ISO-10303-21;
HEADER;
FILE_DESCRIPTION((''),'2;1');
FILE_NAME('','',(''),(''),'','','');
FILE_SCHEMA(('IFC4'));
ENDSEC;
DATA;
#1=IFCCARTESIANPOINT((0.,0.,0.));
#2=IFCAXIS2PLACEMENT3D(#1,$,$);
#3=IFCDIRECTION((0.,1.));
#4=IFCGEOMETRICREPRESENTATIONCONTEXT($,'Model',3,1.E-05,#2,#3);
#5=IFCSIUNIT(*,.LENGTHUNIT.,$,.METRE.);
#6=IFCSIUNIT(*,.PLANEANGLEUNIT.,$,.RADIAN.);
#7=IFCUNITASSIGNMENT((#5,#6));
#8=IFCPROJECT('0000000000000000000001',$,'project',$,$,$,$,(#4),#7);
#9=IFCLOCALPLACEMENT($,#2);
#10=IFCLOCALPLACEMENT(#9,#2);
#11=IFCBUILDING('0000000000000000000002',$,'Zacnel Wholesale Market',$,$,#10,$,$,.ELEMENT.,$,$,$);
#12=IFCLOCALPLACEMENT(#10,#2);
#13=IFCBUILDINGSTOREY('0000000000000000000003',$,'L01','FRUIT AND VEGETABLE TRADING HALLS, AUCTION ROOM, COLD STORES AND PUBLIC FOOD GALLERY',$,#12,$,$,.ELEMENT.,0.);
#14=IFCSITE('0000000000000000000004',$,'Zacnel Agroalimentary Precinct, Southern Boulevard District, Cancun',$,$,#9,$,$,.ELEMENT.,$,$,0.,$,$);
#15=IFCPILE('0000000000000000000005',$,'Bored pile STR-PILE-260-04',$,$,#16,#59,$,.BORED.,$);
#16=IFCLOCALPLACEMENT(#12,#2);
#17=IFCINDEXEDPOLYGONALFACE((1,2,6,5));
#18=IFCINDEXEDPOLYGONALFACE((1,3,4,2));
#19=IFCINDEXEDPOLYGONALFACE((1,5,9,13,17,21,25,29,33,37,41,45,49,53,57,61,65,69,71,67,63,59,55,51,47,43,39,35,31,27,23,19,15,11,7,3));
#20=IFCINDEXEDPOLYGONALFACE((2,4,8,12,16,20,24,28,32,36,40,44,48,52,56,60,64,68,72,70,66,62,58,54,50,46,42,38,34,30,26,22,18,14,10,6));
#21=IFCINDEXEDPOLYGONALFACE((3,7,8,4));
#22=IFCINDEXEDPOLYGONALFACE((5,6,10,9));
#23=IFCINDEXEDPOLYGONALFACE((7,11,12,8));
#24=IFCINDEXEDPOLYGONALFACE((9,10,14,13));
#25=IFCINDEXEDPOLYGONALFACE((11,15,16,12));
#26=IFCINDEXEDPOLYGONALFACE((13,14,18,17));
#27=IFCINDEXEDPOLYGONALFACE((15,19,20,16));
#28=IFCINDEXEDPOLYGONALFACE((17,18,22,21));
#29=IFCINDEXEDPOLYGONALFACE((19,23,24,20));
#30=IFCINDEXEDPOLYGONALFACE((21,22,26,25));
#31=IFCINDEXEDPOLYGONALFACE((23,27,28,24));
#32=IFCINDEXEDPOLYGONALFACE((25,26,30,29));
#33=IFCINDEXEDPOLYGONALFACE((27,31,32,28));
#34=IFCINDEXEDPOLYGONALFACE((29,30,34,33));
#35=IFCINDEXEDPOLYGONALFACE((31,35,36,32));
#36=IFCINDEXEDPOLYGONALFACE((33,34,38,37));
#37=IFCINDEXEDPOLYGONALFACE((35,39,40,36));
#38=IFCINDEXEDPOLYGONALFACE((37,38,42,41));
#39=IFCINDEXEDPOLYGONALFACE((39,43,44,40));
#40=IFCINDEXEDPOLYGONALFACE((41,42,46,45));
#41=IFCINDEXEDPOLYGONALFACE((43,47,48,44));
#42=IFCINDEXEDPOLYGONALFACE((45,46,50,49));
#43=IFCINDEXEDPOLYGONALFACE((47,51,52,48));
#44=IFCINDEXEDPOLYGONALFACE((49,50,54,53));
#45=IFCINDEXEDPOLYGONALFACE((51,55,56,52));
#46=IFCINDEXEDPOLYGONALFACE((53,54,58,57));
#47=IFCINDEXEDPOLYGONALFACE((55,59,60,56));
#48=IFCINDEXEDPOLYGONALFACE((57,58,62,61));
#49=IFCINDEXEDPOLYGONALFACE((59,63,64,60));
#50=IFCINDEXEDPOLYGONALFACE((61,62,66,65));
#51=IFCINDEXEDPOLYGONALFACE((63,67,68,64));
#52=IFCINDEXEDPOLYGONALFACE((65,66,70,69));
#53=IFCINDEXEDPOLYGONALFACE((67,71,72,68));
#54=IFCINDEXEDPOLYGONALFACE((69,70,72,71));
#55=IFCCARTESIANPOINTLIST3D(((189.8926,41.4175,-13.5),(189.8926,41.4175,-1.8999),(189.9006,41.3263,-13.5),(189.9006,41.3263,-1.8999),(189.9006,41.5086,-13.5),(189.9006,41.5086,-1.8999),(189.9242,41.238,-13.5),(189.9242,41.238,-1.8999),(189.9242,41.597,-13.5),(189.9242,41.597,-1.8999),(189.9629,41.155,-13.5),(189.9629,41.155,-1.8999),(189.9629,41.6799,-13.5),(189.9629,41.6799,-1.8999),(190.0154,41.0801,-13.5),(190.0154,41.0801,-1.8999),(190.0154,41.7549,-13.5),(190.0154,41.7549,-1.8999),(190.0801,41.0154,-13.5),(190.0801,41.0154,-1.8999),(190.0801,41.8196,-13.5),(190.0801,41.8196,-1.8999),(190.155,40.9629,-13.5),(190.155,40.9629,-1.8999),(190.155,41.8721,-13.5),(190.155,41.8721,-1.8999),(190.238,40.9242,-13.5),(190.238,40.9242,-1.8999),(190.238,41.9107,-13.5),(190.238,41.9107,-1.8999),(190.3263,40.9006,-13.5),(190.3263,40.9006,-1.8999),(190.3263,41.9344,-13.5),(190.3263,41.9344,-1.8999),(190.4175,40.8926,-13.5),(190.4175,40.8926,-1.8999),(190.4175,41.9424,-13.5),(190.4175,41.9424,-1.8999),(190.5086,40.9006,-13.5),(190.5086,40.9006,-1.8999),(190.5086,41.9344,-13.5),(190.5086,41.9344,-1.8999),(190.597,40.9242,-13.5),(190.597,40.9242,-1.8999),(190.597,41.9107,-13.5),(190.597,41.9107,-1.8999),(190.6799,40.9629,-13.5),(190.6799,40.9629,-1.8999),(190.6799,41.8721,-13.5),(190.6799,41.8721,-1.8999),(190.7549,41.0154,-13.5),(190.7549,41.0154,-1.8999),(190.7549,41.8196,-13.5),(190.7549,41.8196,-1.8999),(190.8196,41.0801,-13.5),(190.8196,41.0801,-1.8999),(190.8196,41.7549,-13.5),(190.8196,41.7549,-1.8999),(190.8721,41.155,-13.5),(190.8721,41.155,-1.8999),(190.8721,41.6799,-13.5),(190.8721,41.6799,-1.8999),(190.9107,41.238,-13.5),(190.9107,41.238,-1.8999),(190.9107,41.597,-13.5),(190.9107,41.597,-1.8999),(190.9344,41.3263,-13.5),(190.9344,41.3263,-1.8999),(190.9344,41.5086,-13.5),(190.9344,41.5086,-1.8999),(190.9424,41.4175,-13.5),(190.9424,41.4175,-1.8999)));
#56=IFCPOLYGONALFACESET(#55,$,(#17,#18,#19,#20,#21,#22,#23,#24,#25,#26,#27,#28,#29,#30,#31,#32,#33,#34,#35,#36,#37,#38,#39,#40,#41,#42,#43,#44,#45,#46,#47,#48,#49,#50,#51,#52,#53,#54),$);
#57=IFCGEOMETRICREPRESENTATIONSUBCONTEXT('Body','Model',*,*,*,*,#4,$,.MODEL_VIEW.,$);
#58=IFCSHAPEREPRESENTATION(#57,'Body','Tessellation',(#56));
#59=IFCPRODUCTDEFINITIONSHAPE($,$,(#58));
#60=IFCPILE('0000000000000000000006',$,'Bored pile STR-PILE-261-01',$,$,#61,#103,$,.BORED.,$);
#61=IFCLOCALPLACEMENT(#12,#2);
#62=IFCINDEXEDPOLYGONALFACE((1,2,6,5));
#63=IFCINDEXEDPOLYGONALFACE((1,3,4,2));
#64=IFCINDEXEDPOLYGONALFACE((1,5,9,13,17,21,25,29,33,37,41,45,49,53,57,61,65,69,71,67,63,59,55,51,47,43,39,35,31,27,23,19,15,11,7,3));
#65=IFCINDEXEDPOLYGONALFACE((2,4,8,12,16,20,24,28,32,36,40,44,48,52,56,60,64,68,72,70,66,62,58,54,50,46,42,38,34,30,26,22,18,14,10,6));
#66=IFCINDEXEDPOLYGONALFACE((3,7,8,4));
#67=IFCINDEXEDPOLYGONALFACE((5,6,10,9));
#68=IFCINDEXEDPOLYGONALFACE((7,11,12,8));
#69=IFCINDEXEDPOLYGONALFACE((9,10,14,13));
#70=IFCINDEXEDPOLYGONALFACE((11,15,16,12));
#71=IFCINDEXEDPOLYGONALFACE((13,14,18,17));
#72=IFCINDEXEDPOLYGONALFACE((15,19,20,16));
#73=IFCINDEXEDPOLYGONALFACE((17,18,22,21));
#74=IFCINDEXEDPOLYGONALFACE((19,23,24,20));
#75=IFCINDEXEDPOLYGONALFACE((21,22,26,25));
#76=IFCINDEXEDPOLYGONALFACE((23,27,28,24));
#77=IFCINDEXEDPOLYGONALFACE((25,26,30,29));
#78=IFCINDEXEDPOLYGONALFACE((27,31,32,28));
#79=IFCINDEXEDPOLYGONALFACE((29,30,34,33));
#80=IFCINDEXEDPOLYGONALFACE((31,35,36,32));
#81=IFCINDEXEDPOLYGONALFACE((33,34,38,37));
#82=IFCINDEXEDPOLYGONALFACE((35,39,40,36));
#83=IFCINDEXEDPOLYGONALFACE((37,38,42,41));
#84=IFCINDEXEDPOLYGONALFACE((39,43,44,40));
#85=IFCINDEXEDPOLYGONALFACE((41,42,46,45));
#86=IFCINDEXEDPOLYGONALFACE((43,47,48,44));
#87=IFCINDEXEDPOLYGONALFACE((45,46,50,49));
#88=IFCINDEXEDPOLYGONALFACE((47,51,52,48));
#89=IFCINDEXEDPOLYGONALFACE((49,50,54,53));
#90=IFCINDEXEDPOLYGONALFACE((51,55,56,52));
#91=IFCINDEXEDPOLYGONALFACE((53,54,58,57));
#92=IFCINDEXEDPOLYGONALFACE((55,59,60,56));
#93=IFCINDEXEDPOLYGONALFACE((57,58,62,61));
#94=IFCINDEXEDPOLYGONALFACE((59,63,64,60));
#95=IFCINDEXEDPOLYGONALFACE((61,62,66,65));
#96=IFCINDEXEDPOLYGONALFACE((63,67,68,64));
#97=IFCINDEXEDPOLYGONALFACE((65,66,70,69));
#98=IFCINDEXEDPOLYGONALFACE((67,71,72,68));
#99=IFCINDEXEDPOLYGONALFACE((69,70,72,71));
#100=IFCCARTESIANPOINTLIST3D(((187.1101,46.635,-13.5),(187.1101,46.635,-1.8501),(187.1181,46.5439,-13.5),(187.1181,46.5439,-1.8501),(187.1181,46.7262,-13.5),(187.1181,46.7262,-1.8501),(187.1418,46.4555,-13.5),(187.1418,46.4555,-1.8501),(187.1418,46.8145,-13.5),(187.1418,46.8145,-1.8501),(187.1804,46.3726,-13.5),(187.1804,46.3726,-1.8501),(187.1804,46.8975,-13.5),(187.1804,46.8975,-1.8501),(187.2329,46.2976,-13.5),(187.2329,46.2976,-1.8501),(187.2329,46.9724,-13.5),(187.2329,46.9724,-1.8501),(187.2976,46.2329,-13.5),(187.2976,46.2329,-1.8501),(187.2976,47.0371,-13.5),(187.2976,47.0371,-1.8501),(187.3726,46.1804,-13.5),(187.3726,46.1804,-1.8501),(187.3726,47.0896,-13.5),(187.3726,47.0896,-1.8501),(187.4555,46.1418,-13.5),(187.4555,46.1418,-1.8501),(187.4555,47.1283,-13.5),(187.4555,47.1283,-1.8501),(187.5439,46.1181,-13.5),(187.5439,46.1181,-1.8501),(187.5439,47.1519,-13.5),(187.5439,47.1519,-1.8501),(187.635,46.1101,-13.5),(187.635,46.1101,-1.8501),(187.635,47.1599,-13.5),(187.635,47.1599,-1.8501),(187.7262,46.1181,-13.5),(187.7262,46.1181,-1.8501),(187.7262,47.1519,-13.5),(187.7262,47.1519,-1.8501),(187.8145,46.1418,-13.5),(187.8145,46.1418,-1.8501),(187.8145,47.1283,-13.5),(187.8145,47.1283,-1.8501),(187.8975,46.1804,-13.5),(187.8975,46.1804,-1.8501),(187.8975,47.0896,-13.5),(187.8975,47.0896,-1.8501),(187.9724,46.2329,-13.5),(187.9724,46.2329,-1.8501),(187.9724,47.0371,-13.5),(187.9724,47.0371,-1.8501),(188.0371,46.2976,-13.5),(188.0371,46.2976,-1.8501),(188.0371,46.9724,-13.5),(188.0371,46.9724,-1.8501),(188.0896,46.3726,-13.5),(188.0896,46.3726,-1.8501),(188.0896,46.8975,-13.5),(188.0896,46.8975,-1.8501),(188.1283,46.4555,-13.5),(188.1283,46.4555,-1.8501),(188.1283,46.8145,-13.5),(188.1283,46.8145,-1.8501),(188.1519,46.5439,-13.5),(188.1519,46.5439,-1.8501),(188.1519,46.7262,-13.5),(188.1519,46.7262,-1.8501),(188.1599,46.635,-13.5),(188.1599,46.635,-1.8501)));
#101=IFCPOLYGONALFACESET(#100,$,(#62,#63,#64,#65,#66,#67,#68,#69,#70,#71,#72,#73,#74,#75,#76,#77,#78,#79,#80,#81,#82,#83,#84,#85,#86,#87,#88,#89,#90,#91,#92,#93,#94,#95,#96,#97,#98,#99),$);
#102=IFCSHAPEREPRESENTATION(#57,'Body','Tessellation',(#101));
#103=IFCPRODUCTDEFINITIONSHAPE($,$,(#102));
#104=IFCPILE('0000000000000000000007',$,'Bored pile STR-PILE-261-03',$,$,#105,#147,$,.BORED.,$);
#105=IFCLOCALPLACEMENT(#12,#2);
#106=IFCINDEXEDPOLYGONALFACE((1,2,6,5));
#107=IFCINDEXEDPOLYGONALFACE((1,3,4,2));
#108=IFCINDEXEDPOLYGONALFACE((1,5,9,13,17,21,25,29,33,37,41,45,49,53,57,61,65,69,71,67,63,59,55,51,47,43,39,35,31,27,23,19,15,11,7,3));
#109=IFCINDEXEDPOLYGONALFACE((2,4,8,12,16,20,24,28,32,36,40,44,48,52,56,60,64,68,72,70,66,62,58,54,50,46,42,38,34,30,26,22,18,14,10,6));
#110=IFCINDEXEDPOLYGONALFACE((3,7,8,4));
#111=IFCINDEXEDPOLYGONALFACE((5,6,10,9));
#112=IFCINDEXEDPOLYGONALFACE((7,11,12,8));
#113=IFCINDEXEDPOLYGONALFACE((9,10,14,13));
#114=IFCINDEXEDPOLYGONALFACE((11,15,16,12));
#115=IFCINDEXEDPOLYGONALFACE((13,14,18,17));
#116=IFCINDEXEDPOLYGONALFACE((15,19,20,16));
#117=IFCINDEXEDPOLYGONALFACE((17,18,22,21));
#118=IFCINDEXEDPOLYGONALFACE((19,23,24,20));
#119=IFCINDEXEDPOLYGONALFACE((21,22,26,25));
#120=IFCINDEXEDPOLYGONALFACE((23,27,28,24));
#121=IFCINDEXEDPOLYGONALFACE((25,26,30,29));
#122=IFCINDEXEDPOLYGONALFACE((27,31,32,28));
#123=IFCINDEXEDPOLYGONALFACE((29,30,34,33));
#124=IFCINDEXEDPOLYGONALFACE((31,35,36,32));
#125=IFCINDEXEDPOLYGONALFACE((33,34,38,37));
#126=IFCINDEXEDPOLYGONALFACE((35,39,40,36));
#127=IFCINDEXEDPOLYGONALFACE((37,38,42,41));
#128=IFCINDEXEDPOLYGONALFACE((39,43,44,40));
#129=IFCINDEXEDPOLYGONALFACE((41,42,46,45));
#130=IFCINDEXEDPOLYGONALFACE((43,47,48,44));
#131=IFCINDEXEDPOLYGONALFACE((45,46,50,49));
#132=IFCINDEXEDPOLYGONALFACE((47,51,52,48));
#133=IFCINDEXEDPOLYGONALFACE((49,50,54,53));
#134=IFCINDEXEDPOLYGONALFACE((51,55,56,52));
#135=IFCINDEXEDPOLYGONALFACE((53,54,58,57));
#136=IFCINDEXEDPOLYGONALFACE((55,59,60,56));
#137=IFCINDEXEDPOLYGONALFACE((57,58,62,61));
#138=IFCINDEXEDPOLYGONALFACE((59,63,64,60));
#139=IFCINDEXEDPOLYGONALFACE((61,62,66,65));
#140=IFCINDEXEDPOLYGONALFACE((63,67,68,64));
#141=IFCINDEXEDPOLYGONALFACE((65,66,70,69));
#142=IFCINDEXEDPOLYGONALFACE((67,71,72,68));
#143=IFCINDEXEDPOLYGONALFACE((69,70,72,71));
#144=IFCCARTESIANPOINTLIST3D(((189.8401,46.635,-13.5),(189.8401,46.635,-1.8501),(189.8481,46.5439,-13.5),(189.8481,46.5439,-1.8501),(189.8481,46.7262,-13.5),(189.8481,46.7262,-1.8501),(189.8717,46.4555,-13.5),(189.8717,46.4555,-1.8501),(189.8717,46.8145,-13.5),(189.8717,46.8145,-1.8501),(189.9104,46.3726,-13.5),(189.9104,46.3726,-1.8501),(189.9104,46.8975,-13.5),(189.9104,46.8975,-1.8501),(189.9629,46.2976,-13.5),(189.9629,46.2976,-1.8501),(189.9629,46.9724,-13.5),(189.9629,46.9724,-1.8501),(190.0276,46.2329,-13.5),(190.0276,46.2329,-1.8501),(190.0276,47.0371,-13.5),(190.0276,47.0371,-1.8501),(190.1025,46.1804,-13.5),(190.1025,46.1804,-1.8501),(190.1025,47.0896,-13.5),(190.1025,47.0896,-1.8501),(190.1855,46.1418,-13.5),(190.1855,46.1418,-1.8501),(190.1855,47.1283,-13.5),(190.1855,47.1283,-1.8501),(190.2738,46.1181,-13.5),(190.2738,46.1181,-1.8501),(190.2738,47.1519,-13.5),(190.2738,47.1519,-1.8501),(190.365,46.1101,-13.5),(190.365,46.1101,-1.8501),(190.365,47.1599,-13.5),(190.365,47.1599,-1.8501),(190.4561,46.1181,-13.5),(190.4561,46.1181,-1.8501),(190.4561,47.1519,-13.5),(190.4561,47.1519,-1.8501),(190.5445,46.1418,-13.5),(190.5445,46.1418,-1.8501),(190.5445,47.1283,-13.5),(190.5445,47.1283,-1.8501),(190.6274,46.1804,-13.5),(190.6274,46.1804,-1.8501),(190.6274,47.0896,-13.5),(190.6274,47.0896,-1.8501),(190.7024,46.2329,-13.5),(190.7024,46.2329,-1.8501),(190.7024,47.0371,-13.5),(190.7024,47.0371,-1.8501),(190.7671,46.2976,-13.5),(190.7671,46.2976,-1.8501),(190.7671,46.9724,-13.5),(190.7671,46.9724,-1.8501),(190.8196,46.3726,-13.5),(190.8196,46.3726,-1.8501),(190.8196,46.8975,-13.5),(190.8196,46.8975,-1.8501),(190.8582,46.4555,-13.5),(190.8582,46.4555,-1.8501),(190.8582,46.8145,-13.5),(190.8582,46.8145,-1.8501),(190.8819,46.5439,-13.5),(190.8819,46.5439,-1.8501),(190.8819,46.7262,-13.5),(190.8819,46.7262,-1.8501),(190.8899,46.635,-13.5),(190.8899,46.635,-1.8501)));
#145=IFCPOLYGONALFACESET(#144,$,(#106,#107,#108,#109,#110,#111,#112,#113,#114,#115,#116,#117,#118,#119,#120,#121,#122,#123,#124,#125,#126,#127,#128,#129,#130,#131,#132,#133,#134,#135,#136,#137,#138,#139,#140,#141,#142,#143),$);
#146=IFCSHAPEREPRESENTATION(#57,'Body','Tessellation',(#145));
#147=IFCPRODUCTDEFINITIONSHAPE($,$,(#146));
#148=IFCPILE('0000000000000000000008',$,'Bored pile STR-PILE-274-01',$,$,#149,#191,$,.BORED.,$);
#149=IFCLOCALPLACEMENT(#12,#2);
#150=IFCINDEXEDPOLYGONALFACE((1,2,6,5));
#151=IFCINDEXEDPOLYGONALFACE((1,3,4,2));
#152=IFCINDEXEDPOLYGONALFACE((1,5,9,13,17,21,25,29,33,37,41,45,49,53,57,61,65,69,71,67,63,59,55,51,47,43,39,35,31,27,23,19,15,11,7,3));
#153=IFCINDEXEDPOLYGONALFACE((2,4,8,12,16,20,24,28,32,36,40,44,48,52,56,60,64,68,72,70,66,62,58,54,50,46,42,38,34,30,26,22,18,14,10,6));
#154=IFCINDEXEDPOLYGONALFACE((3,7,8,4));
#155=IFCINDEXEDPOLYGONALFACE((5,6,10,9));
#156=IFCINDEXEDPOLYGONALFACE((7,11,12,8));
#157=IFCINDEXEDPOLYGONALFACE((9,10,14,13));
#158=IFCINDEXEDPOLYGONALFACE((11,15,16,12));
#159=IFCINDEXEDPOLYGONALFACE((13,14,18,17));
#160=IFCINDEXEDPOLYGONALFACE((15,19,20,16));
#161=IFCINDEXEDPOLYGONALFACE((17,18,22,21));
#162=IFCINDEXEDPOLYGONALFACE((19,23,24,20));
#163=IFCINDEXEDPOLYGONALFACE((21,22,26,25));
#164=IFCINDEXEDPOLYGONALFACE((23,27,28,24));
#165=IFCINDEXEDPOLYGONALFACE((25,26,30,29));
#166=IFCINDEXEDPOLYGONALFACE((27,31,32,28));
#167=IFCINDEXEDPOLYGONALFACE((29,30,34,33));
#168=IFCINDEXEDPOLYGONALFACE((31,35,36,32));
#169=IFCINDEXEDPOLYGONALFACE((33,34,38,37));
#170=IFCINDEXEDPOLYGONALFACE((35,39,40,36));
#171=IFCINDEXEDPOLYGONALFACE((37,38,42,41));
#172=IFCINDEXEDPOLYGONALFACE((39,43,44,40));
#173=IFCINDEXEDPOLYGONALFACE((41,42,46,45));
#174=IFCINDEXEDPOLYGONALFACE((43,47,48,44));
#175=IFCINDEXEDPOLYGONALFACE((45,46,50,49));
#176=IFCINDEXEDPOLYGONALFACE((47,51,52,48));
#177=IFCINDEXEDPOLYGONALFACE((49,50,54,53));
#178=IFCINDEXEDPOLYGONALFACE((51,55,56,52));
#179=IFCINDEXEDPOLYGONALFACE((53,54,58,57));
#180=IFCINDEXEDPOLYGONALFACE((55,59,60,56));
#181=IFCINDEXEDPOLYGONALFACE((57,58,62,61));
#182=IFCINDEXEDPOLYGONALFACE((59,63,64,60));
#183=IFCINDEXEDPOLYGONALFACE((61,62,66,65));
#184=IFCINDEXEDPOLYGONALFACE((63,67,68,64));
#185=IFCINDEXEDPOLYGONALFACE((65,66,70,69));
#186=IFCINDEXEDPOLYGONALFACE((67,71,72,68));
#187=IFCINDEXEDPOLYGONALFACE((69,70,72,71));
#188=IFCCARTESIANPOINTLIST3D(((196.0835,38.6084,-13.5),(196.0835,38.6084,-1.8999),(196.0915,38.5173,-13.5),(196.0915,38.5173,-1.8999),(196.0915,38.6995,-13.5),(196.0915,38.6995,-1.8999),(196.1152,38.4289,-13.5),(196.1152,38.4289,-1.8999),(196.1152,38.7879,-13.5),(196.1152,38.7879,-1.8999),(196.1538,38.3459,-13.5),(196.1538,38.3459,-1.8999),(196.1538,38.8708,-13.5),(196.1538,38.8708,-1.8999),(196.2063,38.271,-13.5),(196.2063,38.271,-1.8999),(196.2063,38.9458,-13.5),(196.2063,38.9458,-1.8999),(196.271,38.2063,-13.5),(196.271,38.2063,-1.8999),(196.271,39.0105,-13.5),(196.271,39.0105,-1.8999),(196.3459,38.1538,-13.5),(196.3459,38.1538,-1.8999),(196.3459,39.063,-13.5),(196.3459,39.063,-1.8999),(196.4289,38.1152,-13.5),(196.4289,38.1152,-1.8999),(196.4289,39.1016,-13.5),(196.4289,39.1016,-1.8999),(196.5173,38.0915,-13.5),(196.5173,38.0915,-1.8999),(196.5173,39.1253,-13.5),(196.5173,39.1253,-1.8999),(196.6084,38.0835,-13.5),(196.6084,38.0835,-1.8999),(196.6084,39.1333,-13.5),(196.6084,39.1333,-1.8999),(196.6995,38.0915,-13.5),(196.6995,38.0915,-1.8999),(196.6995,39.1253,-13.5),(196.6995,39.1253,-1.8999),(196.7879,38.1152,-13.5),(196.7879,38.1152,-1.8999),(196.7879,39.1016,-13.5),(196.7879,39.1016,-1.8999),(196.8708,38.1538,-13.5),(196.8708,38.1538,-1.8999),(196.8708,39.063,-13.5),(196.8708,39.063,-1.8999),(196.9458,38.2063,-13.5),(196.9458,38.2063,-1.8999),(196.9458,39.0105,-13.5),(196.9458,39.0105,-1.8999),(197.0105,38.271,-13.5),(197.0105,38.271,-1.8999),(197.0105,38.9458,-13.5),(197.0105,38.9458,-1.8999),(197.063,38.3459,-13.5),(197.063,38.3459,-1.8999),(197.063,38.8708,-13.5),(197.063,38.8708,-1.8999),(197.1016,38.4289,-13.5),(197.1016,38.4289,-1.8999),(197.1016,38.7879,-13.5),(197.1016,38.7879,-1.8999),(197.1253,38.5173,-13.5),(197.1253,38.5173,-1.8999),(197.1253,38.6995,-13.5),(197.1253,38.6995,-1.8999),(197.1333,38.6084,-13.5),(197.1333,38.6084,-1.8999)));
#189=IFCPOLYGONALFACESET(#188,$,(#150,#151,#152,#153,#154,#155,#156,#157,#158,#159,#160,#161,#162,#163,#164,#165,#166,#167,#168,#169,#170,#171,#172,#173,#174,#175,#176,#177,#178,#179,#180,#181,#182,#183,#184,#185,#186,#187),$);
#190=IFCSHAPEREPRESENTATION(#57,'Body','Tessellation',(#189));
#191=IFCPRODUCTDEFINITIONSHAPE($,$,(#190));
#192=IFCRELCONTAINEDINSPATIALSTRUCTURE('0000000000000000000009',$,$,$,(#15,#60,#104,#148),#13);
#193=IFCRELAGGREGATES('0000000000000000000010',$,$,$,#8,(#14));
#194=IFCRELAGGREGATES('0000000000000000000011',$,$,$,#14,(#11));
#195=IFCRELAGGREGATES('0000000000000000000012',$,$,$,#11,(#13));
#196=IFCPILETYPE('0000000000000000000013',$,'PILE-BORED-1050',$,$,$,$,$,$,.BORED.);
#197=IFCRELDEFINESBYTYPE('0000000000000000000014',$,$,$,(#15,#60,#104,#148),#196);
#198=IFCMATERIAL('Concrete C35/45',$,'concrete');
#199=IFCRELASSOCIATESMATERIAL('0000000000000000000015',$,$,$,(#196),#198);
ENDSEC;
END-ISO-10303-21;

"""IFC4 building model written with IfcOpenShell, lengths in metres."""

from ifc_helpers import new_model, si_unit, direction, frame, origin, origin_2d, place, context, subcontext, project, spatial, circle, extrude, material, material_profile, profile_set, type_object, element, save


model = new_model("IFC4")

# Units and contexts
model_context = context("Model", 3, precision=1e-05, world=origin(), true_north=direction((0.0, 1.0)))
body_context = subcontext(model_context, "Body", "Model", "MODEL_VIEW")
ifc_project = project(units=[si_unit("LENGTHUNIT", "METRE"), si_unit("PLANEANGLEUNIT", "RADIAN")], contexts=[model_context])

# Site, building, storey
site_placement = place(None, origin())
site = spatial("IfcSite", under=ifc_project, at=site_placement, Name="Zacnel Agroalimentary Precinct, Southern Boulevard District, Cancun", CompositionType="ELEMENT", RefElevation=0.0)
building_placement = place(site_placement, origin())
building = spatial("IfcBuilding", under=site, at=building_placement, Name="Zacnel Wholesale Market", CompositionType="ELEMENT")
storey_placement = place(building_placement, origin())
storey = spatial("IfcBuildingStorey", under=building, at=storey_placement, Name="L01", Description="FRUIT AND VEGETABLE TRADING HALLS, AUCTION ROOM, COLD STORES AND PUBLIC FOOD GALLERY", CompositionType="ELEMENT", Elevation=0.0)

# Piles
ifc_material_1 = material(Name="Concrete C35/45", Category="concrete")
ifc_material_profile_1 = material_profile(ifc_material_1, circle(Radius=0.5249, at=origin_2d()), Name="BORED PILE D1050")
ifc_profile_set_1 = profile_set([ifc_material_profile_1], Name="Concrete C35/45")
pile_type = type_object("IfcPileType", Name="PILE-BORED-1050", PredefinedType="BORED", material=ifc_profile_set_1)
for number, where, z_axis, x_axis, name in (
    (1, (190.4175, 41.4175, -1.8999), (0.0, 0.0, -1.0), (1.0, 0.0, 0.0), "Bored pile STR-PILE-260-04"),
):
    element("IfcPile", number, at=place(storey_placement, frame(where, z_axis=z_axis, x_axis=x_axis)), inside=storey, type_object=pile_type, Name=name, PredefinedType="BORED", context=body_context, shape_type="SweptSolid", body=[
        extrude(circle(Radius=0.5249, at=origin_2d()), origin(), (0.0, 0.0, 1.0), 11.6001),
    ])
for number, where, z_axis, x_axis, name in (
    (2, (187.635, 46.635, -1.8501), (0.0, 0.0, -1.0), (1.0, 0.0, 0.0), "Bored pile STR-PILE-261-01"),
    (3, (190.365, 46.635, -1.8501), (0.0, 0.0, -1.0), (1.0, 0.0, 0.0), "Bored pile STR-PILE-261-03"),
):
    element("IfcPile", number, at=place(storey_placement, frame(where, z_axis=z_axis, x_axis=x_axis)), inside=storey, type_object=pile_type, Name=name, PredefinedType="BORED", context=body_context, shape_type="SweptSolid", body=[
        extrude(circle(Radius=0.5249, at=origin_2d()), origin(), (0.0, 0.0, 1.0), 11.6499),
    ])
for number, where, z_axis, x_axis, name in (
    (4, (196.6084, 38.6084, -1.8999), (0.0, 0.0, -1.0), (1.0, 0.0, 0.0), "Bored pile STR-PILE-274-01"),
):
    element("IfcPile", number, at=place(storey_placement, frame(where, z_axis=z_axis, x_axis=x_axis)), inside=storey, type_object=pile_type, Name=name, PredefinedType="BORED", context=body_context, shape_type="SweptSolid", body=[
        extrude(circle(Radius=0.5249, at=origin_2d()), origin(), (0.0, 0.0, 1.0), 11.6001),
    ])

save(model, "model.ifc")
